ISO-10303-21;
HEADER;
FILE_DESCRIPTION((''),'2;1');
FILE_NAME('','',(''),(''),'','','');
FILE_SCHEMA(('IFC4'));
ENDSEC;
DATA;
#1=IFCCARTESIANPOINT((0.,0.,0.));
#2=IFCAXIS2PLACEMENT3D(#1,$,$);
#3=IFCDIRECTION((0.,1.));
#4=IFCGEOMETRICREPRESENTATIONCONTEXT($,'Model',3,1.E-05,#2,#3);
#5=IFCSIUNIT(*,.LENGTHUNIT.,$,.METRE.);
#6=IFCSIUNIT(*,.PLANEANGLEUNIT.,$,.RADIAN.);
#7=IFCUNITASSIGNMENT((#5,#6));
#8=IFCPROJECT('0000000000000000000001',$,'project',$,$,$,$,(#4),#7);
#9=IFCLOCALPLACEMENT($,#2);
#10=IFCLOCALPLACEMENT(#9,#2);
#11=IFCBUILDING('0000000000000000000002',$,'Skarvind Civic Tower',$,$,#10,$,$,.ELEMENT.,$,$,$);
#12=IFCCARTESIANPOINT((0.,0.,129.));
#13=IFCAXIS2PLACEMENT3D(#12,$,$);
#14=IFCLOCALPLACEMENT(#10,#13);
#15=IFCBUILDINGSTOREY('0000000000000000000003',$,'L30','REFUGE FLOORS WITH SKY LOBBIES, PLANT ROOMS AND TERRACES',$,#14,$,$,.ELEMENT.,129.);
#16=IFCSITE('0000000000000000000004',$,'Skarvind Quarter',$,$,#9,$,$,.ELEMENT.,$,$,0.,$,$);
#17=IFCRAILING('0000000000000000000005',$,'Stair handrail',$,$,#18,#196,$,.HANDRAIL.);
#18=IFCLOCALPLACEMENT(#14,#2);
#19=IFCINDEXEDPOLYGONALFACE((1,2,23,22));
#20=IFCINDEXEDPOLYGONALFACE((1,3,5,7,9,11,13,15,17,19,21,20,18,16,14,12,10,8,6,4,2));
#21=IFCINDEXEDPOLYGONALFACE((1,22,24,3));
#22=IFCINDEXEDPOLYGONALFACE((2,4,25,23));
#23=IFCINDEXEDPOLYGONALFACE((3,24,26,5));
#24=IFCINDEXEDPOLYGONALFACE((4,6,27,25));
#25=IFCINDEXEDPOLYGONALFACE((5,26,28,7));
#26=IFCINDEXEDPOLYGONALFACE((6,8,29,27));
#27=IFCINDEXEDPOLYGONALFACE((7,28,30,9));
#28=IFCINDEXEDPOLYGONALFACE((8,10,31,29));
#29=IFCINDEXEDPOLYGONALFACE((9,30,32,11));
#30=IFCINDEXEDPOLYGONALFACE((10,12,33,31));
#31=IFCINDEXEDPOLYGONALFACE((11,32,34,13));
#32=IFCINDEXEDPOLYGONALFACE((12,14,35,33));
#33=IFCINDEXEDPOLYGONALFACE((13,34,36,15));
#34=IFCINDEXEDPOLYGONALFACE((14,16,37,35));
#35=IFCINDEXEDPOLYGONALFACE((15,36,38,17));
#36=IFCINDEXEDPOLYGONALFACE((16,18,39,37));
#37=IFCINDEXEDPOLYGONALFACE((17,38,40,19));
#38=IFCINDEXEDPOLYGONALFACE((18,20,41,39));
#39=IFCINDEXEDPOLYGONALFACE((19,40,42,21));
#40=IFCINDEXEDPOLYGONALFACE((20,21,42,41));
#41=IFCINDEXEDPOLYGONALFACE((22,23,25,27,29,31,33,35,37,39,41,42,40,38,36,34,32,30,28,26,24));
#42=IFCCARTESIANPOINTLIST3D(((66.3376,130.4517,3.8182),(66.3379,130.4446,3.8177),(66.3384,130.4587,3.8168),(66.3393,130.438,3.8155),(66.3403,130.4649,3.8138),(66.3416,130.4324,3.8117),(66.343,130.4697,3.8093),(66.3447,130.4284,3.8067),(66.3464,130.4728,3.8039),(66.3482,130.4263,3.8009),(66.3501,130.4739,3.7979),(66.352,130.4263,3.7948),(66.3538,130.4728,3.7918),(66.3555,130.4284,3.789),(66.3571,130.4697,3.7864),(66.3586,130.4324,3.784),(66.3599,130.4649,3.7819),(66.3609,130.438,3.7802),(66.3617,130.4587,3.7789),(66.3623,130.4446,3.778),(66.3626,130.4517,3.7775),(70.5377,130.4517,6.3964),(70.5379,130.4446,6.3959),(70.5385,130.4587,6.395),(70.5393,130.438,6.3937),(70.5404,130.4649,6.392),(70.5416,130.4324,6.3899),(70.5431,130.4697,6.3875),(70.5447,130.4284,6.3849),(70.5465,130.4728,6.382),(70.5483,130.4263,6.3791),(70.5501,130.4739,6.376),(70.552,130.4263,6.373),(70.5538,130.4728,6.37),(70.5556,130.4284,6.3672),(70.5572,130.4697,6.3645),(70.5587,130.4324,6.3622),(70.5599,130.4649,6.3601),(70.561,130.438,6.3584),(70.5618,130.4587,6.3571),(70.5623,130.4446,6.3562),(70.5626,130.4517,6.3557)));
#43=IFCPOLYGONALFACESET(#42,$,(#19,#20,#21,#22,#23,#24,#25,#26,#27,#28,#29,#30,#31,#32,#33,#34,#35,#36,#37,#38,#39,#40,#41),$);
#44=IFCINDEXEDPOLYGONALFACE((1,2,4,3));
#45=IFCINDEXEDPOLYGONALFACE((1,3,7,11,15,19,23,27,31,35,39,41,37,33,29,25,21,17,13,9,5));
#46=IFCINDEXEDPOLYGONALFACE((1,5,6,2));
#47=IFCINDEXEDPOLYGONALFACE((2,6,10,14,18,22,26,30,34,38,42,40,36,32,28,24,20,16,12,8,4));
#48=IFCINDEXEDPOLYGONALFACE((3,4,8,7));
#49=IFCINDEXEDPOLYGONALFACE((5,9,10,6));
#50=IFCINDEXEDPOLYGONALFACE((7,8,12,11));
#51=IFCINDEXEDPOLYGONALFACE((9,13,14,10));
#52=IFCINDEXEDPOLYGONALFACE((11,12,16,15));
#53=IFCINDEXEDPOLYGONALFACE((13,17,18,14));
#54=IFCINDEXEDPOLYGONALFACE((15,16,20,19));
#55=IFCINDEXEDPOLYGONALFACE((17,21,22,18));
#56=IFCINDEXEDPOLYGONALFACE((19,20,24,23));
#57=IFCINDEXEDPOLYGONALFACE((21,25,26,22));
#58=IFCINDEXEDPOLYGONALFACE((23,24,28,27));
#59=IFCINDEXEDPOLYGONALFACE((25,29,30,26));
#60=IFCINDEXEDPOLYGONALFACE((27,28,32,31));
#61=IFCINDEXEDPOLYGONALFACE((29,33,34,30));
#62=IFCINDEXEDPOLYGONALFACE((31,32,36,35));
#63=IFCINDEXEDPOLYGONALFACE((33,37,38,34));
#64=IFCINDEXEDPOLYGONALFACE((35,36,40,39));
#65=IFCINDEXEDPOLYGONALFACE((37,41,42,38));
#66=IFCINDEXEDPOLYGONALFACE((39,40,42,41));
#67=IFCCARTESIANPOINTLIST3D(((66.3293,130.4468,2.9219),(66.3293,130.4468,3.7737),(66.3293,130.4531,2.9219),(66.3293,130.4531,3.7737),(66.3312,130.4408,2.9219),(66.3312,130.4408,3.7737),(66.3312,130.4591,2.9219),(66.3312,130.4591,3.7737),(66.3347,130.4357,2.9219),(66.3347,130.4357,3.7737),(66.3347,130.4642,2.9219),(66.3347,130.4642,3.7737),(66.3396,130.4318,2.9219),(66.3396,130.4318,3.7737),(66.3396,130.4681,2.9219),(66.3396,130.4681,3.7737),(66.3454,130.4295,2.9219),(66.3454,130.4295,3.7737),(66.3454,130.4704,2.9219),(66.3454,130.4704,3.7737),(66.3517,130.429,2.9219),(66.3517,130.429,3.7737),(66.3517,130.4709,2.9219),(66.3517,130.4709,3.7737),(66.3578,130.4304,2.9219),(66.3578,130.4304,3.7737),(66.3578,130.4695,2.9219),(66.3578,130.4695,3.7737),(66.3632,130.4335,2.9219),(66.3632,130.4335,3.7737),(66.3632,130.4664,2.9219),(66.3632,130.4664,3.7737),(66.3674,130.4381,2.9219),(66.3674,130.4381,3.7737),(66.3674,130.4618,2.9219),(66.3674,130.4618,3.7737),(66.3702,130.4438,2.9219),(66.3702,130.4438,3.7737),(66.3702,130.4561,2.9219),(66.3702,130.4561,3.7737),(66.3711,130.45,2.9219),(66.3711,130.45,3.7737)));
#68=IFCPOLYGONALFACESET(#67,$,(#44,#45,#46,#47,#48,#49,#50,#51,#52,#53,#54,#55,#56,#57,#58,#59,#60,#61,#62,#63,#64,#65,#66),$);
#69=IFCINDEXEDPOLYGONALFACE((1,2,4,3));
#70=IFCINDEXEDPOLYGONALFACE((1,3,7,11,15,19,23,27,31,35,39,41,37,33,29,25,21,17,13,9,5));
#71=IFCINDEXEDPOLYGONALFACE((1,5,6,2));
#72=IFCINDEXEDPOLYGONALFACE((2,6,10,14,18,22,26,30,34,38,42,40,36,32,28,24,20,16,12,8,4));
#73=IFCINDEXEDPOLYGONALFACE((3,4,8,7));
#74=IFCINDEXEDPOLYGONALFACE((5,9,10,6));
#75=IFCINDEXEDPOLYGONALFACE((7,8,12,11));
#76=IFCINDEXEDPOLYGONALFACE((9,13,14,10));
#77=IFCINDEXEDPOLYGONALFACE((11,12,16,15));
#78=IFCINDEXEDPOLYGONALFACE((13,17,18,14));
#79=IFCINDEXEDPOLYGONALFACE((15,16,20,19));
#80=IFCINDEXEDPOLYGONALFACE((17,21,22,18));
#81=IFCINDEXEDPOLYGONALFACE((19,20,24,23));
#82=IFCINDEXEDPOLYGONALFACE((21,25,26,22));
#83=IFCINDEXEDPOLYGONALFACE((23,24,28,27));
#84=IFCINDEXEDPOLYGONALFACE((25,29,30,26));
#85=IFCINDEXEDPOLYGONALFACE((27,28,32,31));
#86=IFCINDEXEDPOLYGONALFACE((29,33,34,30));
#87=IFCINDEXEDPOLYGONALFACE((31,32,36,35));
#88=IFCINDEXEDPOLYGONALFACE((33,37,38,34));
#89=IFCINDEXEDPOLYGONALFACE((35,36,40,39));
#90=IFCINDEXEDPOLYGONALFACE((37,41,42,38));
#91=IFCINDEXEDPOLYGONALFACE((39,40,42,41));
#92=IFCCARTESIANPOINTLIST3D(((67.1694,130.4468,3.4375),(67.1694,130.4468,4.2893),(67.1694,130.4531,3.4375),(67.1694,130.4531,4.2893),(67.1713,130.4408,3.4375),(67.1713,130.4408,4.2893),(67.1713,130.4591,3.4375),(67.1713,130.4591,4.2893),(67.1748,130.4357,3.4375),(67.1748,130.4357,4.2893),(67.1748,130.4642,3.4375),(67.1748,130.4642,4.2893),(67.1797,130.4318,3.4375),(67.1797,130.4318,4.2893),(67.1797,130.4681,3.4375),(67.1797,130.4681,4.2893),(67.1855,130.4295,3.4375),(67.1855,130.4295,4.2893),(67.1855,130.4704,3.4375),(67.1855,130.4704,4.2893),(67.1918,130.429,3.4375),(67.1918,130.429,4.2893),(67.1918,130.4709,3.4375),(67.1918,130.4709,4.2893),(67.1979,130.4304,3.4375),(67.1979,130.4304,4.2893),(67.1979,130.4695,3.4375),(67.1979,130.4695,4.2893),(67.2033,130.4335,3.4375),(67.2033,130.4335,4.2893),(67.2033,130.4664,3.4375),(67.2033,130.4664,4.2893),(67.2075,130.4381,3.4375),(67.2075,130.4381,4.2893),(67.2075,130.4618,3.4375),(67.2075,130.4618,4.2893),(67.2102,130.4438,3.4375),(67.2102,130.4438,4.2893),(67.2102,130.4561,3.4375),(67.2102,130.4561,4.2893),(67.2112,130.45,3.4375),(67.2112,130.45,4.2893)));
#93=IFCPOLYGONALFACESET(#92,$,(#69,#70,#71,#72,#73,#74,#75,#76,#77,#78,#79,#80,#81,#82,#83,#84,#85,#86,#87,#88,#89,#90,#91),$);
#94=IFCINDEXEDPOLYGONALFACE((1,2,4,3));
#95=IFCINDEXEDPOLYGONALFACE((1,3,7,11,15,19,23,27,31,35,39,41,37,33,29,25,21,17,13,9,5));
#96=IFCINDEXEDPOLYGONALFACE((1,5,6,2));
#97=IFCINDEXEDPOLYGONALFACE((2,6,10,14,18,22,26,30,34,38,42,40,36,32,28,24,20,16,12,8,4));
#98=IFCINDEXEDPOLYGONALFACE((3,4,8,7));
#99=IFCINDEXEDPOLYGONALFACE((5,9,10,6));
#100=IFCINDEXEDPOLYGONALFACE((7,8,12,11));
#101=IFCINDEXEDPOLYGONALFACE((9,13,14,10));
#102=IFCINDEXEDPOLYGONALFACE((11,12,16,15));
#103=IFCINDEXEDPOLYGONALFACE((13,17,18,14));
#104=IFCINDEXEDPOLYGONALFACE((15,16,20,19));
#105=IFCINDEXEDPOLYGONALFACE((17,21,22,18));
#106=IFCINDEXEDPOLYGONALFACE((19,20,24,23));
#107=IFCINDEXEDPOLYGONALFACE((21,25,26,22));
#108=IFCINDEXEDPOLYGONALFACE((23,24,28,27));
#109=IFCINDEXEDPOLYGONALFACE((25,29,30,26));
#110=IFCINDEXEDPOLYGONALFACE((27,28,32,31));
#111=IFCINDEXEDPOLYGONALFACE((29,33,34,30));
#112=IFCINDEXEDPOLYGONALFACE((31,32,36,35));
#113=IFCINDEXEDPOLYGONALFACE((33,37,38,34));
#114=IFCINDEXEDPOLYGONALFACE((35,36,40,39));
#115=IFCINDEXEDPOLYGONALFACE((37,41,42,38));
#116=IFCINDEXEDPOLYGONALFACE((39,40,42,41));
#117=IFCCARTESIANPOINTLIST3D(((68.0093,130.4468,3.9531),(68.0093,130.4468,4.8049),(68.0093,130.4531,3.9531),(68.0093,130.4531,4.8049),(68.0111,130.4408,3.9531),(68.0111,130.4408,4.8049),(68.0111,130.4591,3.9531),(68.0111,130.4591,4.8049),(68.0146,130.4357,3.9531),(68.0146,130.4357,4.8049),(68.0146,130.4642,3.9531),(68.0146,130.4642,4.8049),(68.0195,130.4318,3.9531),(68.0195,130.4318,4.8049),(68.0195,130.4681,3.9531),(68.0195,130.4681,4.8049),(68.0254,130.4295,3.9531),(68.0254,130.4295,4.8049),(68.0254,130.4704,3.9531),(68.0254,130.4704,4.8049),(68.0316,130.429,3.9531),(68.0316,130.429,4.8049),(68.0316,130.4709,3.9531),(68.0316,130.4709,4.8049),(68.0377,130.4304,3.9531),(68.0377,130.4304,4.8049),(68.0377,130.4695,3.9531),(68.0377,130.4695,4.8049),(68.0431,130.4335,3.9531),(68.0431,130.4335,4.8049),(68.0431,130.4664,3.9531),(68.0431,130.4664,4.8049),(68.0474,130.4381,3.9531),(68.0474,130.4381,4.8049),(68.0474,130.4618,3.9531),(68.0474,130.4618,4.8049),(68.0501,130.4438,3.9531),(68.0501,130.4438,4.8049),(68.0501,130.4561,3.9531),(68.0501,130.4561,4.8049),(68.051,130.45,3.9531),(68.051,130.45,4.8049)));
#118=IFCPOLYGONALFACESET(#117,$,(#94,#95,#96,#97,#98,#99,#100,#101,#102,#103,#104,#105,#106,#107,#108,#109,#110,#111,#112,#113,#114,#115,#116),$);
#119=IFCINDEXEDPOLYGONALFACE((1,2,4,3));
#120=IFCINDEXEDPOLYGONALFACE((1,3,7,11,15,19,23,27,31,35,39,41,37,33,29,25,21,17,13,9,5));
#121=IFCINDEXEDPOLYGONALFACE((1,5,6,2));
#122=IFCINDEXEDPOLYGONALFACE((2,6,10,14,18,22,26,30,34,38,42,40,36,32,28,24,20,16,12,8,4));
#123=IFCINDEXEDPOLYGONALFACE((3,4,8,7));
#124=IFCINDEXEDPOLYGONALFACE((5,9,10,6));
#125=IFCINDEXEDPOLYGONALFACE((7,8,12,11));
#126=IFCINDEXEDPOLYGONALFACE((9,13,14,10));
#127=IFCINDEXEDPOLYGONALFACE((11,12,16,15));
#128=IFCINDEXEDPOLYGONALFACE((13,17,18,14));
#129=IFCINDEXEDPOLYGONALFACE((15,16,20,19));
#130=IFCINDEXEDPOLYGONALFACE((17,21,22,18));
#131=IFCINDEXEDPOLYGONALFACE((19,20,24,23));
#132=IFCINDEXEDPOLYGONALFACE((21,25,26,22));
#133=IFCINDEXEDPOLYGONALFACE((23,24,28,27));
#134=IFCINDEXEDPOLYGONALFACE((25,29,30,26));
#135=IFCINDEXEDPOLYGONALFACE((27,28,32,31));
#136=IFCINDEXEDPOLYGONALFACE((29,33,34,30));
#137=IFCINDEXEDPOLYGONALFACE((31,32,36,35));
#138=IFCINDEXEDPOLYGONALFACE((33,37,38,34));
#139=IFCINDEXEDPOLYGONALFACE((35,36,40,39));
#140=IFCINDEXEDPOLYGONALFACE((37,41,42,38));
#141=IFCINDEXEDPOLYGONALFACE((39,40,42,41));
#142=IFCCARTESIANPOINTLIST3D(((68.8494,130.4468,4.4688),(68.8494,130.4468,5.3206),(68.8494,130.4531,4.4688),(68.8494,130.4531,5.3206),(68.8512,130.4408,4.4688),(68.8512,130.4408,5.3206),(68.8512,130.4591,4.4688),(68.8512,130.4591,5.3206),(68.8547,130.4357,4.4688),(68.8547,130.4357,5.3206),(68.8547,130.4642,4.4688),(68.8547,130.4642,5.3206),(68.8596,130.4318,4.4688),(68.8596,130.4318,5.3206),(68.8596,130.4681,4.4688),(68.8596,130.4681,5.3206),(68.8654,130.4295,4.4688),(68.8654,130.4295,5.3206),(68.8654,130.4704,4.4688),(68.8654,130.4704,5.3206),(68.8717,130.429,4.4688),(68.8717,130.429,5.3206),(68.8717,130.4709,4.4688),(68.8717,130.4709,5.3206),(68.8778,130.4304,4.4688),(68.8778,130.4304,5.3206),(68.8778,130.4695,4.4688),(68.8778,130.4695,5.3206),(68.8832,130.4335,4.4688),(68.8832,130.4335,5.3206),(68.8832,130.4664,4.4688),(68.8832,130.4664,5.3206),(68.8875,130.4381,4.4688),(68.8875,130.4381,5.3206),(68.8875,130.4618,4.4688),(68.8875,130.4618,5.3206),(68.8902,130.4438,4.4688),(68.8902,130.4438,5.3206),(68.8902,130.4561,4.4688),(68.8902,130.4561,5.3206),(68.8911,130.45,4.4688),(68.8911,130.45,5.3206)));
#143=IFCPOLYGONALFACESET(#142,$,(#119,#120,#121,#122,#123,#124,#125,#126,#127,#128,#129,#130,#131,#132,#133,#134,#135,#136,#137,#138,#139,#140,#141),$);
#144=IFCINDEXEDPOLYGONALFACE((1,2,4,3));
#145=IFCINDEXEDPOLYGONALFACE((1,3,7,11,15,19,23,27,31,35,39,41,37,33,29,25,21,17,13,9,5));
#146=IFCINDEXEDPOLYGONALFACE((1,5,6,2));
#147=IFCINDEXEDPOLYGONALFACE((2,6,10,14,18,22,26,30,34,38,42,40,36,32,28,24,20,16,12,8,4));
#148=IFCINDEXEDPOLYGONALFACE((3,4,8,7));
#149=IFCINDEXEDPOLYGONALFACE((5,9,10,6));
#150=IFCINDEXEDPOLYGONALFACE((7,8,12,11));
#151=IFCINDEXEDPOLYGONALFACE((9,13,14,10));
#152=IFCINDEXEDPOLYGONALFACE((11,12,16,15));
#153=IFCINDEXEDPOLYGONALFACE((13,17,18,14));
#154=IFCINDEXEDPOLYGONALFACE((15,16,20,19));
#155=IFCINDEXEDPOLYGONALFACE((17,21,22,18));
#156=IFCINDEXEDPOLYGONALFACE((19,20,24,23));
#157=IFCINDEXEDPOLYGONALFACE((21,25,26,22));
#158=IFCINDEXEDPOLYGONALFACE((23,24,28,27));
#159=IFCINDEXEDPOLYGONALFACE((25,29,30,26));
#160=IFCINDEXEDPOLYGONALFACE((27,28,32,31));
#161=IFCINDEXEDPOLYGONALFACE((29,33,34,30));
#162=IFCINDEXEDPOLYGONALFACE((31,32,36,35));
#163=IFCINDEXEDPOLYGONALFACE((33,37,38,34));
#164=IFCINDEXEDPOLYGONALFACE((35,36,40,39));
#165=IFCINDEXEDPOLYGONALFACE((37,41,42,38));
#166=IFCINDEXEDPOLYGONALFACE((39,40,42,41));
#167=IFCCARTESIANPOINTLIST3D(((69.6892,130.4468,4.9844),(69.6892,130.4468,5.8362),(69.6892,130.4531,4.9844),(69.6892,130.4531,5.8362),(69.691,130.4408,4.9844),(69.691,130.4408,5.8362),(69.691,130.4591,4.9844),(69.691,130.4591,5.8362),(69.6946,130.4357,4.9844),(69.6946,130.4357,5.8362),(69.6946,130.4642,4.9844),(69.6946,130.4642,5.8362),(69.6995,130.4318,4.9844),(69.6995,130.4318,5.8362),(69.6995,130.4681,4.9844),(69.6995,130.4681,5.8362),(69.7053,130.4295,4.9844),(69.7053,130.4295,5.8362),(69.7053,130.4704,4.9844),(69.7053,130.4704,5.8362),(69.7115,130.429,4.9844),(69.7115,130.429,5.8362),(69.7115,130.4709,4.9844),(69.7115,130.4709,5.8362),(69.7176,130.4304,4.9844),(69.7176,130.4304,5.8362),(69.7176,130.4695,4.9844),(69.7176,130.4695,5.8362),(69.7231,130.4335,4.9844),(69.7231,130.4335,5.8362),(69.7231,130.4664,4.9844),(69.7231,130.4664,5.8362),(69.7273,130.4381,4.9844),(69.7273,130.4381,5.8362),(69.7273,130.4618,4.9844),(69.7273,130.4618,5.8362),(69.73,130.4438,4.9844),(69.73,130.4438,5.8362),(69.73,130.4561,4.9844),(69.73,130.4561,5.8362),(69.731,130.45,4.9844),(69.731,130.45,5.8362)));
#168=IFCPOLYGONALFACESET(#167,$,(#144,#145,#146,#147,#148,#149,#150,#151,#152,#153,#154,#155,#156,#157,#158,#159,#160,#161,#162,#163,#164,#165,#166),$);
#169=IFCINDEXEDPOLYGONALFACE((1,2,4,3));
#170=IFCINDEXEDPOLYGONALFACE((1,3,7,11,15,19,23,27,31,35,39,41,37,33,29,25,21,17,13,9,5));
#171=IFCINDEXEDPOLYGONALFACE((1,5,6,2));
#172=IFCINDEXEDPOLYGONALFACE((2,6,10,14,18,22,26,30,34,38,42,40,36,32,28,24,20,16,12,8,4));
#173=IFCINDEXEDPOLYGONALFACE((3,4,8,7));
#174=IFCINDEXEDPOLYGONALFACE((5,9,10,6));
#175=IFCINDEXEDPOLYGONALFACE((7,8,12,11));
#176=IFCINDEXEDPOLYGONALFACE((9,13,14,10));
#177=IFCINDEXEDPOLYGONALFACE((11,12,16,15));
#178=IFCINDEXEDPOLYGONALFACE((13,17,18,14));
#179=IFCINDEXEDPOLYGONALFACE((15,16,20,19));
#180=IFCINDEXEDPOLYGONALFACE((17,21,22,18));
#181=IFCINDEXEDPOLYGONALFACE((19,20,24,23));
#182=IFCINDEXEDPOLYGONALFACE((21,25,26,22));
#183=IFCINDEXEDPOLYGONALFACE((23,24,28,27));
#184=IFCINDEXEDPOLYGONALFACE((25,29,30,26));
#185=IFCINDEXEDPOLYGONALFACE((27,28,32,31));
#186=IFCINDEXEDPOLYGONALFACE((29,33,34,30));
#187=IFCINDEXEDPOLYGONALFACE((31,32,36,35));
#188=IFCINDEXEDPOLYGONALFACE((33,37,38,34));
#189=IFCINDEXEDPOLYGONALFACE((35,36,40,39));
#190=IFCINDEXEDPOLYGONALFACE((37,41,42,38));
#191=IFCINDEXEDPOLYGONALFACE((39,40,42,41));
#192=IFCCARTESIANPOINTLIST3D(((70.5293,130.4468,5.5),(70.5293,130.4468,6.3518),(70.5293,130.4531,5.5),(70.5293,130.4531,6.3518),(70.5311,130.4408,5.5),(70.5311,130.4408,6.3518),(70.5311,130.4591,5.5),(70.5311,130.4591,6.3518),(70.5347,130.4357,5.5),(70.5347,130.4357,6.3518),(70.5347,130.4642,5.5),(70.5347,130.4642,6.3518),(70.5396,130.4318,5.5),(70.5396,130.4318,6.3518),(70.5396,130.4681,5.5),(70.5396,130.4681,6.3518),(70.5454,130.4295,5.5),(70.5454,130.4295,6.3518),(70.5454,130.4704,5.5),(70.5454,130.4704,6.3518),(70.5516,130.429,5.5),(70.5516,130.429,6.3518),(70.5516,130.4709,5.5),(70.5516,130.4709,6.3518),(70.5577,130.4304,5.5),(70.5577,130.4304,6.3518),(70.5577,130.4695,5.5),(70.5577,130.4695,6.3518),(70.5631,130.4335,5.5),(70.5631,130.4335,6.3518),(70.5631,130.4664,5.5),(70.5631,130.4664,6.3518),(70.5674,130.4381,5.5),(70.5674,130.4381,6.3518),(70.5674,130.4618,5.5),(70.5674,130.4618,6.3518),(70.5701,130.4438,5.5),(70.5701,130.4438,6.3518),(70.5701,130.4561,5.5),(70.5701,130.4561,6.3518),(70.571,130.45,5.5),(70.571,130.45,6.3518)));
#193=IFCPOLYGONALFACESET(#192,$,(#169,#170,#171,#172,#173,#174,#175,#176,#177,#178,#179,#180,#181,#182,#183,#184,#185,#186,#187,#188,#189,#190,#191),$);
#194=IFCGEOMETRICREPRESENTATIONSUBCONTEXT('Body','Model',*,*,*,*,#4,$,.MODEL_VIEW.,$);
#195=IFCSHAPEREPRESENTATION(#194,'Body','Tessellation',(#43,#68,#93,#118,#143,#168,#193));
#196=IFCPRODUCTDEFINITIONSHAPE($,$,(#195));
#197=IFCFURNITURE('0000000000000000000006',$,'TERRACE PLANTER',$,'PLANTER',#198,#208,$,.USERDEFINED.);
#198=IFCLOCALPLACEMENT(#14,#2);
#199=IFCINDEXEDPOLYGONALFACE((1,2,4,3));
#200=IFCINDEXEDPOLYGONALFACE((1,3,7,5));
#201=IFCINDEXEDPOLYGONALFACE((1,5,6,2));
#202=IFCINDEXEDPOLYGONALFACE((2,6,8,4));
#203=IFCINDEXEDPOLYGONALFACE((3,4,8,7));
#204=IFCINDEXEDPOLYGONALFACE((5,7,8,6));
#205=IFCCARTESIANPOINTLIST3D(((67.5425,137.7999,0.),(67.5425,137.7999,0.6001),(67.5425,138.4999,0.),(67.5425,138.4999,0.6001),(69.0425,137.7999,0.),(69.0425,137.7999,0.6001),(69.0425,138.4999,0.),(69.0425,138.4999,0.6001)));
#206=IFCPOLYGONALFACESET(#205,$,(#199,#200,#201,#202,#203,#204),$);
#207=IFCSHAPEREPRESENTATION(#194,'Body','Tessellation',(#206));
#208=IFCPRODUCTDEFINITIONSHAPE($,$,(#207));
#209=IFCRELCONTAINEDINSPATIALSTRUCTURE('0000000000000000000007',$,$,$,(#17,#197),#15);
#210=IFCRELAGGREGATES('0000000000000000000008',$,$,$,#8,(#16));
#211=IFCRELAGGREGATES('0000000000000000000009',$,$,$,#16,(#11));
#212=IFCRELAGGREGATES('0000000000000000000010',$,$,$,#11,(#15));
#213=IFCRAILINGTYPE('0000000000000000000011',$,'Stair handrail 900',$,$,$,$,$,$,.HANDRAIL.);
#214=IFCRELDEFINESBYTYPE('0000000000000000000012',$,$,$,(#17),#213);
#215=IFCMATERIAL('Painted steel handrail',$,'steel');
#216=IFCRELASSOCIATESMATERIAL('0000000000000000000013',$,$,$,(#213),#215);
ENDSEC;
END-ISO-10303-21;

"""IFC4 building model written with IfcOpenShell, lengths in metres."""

from ifc_helpers import new_model, si_unit, direction, frame, origin, origin_2d, place, context, subcontext, project, spatial, rectangle, circle, extrude, material, type_object, element, save


model = new_model("IFC4")

# Units and contexts
model_context = context("Model", 3, precision=1e-05, world=origin(), true_north=direction((0.0, 1.0)))
body_context = subcontext(model_context, "Body", "Model", "MODEL_VIEW")
ifc_project = project(units=[si_unit("LENGTHUNIT", "METRE"), si_unit("PLANEANGLEUNIT", "RADIAN")], contexts=[model_context])

# Site, building, storey
site_placement = place(None, origin())
site = spatial("IfcSite", under=ifc_project, at=site_placement, Name="Skarvind Quarter", CompositionType="ELEMENT", RefElevation=0.0)
building_placement = place(site_placement, origin())
building = spatial("IfcBuilding", under=site, at=building_placement, Name="Skarvind Civic Tower", CompositionType="ELEMENT")
storey_placement = place(building_placement, frame((0.0, 0.0, 129.0)))
storey = spatial("IfcBuildingStorey", under=building, at=storey_placement, Name="L30", Description="REFUGE FLOORS WITH SKY LOBBIES, PLANT ROOMS AND TERRACES", CompositionType="ELEMENT", Elevation=129.0)

# Railing
ifc_material_1 = material(Name="Painted steel handrail", Category="steel")
railing_type = type_object("IfcRailingType", Name="Stair handrail 900", PredefinedType="HANDRAIL", material=ifc_material_1)
railing_1_placement = place(storey_placement, frame((66.3501, 130.45, 2.9219)))
element("IfcRailing", 1, at=railing_1_placement, inside=storey, type_object=railing_type, Name="Stair handrail", PredefinedType="HANDRAIL", context=body_context, shape_type="SweptSolid", body=[
    extrude(circle(Radius=0.0239, at=origin_2d()), frame((0.0, 0.0, 0.876), z_axis=(0.852243, 0.0, 0.523146), x_axis=(0.0, 1.0, 0.0)), (0.0, 0.0, 1.0), 4.9282),
    extrude(circle(Radius=0.021, at=origin_2d()), origin(), (0.0, 0.0, 1.0), 0.8518),
    extrude(circle(Radius=0.021, at=origin_2d()), frame((0.8401, 0.0, 0.5156)), (0.0, 0.0, 1.0), 0.8518),
    extrude(circle(Radius=0.021, at=origin_2d()), frame((1.6799, 0.0, 1.0312)), (0.0, 0.0, 1.0), 0.8518),
    extrude(circle(Radius=0.021, at=origin_2d()), frame((2.52, 0.0, 1.5469)), (0.0, 0.0, 1.0), 0.8518),
    extrude(circle(Radius=0.021, at=origin_2d()), frame((3.3599, 0.0, 2.0625)), (0.0, 0.0, 1.0), 0.8518),
    extrude(circle(Radius=0.021, at=origin_2d()), frame((4.2, 0.0, 2.5781)), (0.0, 0.0, 1.0), 0.8518),
])

# Furniture
furniture_placement = place(storey_placement, frame((68.2925, 138.1499, 0.0), z_axis=(0.0, 0.0, 1.0), x_axis=(1.0, 0.0, 0.0)))
element("IfcFurniture", 2, at=furniture_placement, inside=storey, Name="TERRACE PLANTER", ObjectType="PLANTER", PredefinedType="USERDEFINED", context=body_context, shape_type="SweptSolid", body=[
    extrude(rectangle(XDim=1.5, YDim=0.7, at=origin_2d()), origin(), (0.0, 0.0, 1.0), 0.6001),
])

save(model, "model.ifc")
